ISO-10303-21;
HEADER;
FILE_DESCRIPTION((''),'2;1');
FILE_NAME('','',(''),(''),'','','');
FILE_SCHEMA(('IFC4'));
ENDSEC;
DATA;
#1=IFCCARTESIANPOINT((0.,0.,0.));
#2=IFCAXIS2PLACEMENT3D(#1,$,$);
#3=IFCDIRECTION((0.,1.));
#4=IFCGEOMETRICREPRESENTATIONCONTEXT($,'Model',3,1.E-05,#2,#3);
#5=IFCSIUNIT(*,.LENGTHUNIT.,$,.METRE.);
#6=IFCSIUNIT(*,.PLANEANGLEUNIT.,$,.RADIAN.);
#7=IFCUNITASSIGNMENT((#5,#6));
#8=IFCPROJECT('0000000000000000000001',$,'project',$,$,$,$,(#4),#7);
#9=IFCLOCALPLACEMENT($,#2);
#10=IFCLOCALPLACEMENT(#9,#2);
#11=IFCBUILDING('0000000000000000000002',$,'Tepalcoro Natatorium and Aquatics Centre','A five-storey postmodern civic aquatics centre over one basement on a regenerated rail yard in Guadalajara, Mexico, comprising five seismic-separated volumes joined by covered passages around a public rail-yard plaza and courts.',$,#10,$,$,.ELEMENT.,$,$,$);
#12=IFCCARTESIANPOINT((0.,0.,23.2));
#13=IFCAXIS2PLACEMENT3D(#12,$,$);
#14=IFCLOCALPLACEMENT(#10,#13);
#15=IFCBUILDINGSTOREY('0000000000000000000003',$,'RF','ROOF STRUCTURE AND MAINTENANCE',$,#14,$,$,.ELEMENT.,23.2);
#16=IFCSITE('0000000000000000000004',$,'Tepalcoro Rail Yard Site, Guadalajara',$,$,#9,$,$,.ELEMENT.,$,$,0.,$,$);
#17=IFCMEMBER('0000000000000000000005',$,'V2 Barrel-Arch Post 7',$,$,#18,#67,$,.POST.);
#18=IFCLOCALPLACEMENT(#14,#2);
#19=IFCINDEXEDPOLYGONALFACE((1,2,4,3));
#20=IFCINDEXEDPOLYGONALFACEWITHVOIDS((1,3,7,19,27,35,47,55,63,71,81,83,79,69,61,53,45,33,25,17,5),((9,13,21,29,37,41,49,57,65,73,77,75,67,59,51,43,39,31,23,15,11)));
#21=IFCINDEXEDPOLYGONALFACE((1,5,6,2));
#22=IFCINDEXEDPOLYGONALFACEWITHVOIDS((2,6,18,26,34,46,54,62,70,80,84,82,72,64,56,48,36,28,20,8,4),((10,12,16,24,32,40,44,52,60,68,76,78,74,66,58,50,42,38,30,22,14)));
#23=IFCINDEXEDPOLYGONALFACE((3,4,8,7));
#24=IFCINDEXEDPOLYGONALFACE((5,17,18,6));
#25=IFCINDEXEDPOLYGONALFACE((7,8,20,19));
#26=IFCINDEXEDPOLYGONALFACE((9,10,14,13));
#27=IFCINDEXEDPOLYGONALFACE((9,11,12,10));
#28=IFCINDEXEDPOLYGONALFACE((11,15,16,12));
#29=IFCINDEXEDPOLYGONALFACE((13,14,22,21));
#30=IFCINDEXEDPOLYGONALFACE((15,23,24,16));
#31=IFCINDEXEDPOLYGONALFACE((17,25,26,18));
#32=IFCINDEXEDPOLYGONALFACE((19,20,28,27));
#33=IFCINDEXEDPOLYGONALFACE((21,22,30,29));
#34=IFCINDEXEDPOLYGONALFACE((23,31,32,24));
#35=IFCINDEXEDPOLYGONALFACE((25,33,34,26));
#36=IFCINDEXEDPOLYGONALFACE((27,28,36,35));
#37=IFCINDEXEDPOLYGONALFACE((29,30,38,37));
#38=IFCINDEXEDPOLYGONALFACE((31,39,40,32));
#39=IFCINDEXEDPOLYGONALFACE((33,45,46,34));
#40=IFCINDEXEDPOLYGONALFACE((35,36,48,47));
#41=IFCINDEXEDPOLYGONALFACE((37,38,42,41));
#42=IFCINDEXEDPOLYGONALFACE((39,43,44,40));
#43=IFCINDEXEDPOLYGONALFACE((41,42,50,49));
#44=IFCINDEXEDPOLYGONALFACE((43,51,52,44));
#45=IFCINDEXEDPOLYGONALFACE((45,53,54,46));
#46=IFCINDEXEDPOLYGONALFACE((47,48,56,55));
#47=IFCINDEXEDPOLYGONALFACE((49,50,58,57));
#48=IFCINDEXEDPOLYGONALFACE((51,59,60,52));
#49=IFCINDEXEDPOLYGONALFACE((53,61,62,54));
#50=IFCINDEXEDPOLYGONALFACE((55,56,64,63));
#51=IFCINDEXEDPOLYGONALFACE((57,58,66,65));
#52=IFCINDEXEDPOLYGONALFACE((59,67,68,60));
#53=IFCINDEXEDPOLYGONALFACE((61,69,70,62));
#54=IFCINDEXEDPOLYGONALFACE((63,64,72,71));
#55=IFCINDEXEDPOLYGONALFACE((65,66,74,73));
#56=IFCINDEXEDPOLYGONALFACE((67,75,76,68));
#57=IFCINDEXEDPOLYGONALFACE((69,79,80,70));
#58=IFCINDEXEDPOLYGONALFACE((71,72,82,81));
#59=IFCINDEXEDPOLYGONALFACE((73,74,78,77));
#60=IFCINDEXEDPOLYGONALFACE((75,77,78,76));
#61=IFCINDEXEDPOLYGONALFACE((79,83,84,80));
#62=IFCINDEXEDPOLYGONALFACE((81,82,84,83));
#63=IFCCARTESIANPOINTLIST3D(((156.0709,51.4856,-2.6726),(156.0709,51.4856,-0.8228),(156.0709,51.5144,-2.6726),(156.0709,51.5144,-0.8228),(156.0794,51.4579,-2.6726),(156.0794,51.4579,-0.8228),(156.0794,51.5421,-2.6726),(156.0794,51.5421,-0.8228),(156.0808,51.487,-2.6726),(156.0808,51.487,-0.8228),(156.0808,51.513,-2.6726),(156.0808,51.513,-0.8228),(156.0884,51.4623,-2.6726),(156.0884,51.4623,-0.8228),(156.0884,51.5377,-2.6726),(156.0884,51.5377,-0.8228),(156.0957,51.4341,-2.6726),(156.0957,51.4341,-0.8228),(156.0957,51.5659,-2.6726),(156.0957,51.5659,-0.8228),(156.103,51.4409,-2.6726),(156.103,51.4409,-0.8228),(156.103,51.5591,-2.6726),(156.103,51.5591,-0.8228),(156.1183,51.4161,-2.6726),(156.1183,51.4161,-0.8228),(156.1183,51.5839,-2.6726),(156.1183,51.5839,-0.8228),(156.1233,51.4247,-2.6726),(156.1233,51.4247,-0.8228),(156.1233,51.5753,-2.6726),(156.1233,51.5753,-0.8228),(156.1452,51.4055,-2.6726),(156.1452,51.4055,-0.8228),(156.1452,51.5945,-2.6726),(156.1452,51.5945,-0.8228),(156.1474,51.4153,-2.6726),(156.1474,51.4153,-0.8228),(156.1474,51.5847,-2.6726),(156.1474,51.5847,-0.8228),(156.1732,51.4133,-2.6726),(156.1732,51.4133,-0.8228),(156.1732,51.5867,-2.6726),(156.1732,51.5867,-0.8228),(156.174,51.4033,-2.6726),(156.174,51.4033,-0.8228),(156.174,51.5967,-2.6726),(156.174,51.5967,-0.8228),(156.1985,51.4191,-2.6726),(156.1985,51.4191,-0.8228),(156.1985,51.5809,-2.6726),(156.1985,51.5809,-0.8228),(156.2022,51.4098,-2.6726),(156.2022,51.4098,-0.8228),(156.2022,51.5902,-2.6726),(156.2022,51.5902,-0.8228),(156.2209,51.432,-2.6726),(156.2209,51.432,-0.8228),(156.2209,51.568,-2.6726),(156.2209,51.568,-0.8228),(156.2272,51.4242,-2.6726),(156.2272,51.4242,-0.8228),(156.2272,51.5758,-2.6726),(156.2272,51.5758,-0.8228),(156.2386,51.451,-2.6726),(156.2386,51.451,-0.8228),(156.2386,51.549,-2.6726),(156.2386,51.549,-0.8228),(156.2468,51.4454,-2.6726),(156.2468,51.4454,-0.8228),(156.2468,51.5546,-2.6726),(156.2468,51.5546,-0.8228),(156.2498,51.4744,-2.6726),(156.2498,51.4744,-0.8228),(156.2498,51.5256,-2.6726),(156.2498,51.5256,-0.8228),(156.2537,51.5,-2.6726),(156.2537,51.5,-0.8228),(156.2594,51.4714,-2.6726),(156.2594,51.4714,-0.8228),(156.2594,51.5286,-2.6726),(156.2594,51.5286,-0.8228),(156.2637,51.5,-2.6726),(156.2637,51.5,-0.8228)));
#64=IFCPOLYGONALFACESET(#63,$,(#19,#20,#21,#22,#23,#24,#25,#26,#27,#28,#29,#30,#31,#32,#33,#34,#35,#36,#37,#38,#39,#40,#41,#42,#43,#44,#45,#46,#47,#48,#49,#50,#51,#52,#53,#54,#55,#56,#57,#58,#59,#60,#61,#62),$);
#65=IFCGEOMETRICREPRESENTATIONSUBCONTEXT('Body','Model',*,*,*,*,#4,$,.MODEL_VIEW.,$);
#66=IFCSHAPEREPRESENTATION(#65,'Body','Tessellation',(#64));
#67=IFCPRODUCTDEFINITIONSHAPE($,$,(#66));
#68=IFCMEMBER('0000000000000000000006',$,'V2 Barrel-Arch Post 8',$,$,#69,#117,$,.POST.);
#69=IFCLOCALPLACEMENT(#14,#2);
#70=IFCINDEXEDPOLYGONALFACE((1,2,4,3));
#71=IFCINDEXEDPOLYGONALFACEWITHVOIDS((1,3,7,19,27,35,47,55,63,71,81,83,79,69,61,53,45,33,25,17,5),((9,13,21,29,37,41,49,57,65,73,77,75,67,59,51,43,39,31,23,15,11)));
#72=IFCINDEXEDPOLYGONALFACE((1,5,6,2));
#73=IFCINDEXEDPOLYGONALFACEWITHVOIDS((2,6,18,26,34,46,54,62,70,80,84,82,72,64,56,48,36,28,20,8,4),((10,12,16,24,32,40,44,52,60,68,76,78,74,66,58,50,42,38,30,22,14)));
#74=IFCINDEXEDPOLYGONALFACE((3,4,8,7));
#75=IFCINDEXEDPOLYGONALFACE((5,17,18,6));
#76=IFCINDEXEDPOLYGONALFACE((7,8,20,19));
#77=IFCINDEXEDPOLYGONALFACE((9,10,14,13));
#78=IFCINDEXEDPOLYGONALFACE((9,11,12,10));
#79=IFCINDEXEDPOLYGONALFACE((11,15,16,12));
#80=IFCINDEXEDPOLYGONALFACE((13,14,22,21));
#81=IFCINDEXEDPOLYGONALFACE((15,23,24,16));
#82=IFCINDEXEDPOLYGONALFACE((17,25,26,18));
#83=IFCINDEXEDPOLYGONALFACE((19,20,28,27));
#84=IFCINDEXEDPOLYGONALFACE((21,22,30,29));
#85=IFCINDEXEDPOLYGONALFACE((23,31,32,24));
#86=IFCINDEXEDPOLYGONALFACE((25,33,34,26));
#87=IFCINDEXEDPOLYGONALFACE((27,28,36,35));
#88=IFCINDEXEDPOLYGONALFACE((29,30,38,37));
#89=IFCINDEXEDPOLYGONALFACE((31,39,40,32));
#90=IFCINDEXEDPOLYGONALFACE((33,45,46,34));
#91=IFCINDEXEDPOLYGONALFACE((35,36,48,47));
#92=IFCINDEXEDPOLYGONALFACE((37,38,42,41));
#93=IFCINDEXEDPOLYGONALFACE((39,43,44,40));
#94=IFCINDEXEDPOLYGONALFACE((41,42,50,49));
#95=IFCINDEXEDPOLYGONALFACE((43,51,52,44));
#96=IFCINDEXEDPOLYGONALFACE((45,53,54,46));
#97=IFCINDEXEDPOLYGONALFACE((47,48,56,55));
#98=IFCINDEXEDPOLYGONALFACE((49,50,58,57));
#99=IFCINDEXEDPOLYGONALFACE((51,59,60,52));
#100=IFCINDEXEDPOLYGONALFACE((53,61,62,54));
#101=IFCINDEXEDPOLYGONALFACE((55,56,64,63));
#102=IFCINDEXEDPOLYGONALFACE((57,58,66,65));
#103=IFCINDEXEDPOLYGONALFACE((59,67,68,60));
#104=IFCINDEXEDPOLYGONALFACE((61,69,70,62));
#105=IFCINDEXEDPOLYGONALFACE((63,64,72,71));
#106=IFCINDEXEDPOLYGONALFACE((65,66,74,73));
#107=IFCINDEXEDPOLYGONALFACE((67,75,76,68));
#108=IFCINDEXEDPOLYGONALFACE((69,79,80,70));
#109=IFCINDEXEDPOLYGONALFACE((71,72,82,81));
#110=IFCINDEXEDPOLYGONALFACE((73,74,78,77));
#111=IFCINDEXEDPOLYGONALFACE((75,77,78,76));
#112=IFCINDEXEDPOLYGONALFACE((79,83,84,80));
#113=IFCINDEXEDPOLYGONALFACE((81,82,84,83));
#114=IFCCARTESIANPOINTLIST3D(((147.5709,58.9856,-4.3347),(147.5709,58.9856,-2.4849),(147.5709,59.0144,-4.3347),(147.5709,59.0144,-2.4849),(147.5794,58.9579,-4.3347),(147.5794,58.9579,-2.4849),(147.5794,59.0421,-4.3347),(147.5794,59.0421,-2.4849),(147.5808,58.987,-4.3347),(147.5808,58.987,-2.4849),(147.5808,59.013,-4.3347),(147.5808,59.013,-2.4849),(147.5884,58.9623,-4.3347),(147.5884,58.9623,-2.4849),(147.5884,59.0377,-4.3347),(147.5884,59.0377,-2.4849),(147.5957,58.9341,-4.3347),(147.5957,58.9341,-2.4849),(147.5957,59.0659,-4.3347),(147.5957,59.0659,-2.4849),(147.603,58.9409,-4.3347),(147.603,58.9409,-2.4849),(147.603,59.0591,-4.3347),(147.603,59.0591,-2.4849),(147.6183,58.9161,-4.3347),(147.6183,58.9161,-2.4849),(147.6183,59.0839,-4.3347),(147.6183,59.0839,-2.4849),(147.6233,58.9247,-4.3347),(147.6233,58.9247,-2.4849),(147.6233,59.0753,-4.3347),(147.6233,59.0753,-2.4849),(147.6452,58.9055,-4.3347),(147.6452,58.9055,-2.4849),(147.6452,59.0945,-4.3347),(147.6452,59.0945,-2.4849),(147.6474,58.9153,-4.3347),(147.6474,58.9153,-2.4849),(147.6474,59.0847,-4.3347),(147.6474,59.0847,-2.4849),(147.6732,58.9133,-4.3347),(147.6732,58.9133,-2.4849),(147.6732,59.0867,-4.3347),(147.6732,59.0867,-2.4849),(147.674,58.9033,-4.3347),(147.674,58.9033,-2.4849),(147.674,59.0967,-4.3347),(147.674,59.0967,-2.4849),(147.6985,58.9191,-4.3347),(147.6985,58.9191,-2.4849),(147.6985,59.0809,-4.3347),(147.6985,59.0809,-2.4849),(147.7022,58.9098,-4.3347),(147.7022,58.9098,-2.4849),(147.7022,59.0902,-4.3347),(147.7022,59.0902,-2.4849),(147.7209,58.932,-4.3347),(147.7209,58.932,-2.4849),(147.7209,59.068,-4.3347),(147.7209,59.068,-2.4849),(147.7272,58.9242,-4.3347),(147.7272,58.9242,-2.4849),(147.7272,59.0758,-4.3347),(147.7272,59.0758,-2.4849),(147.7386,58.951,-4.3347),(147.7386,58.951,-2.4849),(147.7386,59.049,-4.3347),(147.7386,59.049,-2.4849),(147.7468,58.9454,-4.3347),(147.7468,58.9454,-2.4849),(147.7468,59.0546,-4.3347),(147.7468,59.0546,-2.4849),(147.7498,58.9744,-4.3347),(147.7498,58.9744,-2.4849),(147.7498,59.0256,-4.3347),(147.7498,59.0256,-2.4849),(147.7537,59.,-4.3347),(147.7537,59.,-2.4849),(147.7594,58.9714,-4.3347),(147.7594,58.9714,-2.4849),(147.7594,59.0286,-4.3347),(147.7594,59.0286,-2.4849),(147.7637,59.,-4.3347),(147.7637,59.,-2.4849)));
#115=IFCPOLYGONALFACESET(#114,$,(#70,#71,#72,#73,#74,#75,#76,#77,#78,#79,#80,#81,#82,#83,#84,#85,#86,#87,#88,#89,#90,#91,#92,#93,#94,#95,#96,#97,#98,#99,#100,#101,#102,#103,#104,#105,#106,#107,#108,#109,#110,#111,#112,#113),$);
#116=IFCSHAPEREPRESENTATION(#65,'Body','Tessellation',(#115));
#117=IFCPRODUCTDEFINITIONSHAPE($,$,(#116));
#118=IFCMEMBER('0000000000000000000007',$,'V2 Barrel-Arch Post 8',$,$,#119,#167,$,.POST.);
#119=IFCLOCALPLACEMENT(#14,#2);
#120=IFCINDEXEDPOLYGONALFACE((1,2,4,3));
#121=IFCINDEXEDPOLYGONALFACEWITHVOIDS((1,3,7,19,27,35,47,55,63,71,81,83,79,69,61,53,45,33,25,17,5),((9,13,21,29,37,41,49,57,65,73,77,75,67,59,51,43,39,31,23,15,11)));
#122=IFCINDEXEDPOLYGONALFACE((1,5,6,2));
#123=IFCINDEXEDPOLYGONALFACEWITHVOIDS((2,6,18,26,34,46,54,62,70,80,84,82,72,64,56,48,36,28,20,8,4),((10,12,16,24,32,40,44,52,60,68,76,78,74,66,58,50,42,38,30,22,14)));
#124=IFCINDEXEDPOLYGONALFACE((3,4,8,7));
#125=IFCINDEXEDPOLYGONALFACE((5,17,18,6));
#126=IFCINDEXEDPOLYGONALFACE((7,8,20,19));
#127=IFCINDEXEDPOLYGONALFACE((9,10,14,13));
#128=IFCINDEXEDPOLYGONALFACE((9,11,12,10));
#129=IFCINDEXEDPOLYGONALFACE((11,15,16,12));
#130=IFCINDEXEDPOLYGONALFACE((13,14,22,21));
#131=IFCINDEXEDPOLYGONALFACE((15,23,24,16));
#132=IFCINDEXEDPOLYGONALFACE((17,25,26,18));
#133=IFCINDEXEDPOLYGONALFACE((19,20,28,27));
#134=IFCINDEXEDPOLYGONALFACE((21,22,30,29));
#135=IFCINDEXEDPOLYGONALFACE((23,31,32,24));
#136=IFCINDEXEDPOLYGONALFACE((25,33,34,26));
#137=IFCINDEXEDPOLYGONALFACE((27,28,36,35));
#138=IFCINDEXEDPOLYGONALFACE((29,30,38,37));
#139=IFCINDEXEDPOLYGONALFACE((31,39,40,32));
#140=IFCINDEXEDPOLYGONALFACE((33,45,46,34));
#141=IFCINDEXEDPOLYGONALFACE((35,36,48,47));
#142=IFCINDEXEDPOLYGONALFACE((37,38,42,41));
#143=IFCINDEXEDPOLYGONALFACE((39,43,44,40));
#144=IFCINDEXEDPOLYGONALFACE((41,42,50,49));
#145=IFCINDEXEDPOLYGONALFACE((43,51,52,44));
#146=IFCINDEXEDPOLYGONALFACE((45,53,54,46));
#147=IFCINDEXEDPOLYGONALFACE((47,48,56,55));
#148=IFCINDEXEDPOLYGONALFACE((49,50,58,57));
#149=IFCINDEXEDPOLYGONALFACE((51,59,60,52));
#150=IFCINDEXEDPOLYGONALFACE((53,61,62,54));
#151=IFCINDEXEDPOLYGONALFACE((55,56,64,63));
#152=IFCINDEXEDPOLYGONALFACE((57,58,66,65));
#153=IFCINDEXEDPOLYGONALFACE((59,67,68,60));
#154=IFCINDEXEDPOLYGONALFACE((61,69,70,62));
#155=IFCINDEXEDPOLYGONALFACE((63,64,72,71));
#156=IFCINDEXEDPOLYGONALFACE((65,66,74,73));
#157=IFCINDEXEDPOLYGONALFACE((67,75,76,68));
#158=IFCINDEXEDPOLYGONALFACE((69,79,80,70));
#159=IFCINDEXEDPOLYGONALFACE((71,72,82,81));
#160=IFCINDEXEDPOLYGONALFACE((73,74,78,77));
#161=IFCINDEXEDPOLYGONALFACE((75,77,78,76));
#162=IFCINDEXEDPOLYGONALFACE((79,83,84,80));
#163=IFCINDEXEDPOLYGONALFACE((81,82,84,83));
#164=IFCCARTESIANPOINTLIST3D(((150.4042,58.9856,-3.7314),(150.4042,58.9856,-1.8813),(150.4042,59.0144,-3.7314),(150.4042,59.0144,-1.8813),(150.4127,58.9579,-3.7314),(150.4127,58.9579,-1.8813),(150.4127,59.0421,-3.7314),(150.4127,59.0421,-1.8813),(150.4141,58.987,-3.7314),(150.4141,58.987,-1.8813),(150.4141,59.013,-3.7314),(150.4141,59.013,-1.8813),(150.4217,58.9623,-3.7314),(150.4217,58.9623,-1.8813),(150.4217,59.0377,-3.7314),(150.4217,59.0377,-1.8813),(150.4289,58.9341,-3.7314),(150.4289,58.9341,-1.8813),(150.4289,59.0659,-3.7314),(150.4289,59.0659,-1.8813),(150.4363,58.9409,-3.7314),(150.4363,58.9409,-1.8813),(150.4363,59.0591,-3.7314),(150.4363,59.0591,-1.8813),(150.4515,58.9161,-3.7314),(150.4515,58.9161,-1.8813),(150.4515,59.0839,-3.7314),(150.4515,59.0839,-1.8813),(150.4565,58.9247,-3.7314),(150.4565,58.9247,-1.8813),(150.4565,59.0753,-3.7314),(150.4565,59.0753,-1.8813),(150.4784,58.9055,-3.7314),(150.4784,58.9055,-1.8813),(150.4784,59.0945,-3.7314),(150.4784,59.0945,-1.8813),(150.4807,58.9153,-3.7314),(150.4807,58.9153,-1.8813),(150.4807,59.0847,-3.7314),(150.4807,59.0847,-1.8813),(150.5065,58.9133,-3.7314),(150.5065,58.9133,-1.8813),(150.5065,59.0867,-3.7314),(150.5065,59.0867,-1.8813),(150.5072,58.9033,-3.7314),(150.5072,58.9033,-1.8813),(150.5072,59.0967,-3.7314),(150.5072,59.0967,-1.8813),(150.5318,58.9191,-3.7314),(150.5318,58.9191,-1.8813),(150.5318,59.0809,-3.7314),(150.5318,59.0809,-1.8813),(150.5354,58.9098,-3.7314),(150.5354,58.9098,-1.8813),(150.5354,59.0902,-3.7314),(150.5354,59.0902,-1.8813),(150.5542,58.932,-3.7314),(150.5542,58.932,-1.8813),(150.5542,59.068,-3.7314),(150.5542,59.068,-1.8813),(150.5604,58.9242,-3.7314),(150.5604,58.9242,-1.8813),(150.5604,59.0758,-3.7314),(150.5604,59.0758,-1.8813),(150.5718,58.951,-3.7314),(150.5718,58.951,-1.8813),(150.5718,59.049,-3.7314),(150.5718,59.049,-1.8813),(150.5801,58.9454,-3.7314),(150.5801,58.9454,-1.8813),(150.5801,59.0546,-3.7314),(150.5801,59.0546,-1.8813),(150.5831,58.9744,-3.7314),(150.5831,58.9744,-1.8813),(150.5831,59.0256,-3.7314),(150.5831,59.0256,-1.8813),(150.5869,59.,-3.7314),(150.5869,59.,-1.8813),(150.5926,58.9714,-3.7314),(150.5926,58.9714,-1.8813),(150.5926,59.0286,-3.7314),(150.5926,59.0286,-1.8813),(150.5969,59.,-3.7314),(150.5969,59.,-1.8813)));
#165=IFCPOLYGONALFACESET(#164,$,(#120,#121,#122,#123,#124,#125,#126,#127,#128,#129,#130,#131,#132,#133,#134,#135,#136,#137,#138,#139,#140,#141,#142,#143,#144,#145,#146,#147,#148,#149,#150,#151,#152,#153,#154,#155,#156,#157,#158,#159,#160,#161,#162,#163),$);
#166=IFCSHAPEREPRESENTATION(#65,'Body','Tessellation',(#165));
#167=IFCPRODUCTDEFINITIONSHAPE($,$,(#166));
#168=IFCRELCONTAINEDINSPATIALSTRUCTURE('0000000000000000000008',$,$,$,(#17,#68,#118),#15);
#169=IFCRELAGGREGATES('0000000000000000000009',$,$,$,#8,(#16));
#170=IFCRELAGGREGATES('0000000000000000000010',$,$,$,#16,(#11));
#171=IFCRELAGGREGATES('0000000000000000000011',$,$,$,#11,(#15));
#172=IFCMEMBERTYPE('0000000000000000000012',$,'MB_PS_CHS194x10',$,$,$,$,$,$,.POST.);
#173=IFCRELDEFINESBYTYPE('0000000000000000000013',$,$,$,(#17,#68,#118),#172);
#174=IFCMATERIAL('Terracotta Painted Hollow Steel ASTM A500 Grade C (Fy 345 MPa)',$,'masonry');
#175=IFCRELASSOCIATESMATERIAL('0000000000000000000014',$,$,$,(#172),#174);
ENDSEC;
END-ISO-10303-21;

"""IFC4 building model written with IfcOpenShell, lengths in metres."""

from ifc_helpers import new_model, si_unit, direction, frame, origin, origin_2d, place, context, subcontext, project, spatial, hollow_circle, extrude, material, material_profile, profile_set, type_object, element, save


model = new_model("IFC4")

# Units and contexts
model_context = context("Model", 3, precision=1e-05, world=origin(), true_north=direction((0.0, 1.0)))
body_context = subcontext(model_context, "Body", "Model", "MODEL_VIEW")
ifc_project = project(units=[si_unit("LENGTHUNIT", "METRE"), si_unit("PLANEANGLEUNIT", "RADIAN")], contexts=[model_context])

# Site, building, storey
site_placement = place(None, origin())
site = spatial("IfcSite", under=ifc_project, at=site_placement, Name="Tepalcoro Rail Yard Site, Guadalajara", CompositionType="ELEMENT", RefElevation=0.0)
building_placement = place(site_placement, origin())
building = spatial("IfcBuilding", under=site, at=building_placement, Name="Tepalcoro Natatorium and Aquatics Centre", Description="A five-storey postmodern civic aquatics centre over one basement on a regenerated rail yard in Guadalajara, Mexico, comprising five seismic-separated volumes joined by covered passages around a public rail-yard plaza and courts.", CompositionType="ELEMENT")
storey_placement = place(building_placement, frame((0.0, 0.0, 23.2)))
storey = spatial("IfcBuildingStorey", under=building, at=storey_placement, Name="RF", Description="ROOF STRUCTURE AND MAINTENANCE", CompositionType="ELEMENT", Elevation=23.2)

# Shared definitions
ifc_material_1 = material(Name="Terracotta Painted Hollow Steel ASTM A500 Grade C (Fy 345 MPa)", Category="masonry")

# Members
ifc_material_profile_1 = material_profile(ifc_material_1, hollow_circle(Radius=0.0969, WallThickness=0.01, at=origin_2d()), Name="CHS194X10")
ifc_profile_set_1 = profile_set([ifc_material_profile_1], Name="Terracotta Painted Hollow Steel ASTM A500 Grade C (Fy 345 MPa)")
member_type_1 = type_object("IfcMemberType", Name="MB_PS_CHS194x10", PredefinedType="POST", material=ifc_profile_set_1)
for number, where, z_axis, x_axis, name in (
    (1, (156.1667, 51.5, -2.6726), (0.0, 0.0, 1.0), (1.0, 0.0, 0.0), "V2 Barrel-Arch Post 7"),
    (2, (147.6667, 59.0, -4.3347), (0.0, 0.0, 1.0), (1.0, 0.0, 0.0), "V2 Barrel-Arch Post 8"),
):
    element("IfcMember", number, at=place(storey_placement, frame(where, z_axis=z_axis, x_axis=x_axis)), inside=storey, type_object=member_type_1, Name=name, PredefinedType="POST", context=body_context, shape_type="SweptSolid", body=[
        extrude(hollow_circle(Radius=0.0969, WallThickness=0.01, at=origin_2d()), origin(), (0.0, 0.0, 1.0), 1.8499),
    ])
for number, where, z_axis, x_axis, name in (
    (3, (150.5, 59.0, -3.7314), (0.0, 0.0, 1.0), (1.0, 0.0, 0.0), "V2 Barrel-Arch Post 8"),
):
    element("IfcMember", number, at=place(storey_placement, frame(where, z_axis=z_axis, x_axis=x_axis)), inside=storey, type_object=member_type_1, Name=name, PredefinedType="POST", context=body_context, shape_type="SweptSolid", body=[
        extrude(hollow_circle(Radius=0.0969, WallThickness=0.01, at=origin_2d()), origin(), (0.0, 0.0, 1.0), 1.8501),
    ])

save(model, "model.ifc")
